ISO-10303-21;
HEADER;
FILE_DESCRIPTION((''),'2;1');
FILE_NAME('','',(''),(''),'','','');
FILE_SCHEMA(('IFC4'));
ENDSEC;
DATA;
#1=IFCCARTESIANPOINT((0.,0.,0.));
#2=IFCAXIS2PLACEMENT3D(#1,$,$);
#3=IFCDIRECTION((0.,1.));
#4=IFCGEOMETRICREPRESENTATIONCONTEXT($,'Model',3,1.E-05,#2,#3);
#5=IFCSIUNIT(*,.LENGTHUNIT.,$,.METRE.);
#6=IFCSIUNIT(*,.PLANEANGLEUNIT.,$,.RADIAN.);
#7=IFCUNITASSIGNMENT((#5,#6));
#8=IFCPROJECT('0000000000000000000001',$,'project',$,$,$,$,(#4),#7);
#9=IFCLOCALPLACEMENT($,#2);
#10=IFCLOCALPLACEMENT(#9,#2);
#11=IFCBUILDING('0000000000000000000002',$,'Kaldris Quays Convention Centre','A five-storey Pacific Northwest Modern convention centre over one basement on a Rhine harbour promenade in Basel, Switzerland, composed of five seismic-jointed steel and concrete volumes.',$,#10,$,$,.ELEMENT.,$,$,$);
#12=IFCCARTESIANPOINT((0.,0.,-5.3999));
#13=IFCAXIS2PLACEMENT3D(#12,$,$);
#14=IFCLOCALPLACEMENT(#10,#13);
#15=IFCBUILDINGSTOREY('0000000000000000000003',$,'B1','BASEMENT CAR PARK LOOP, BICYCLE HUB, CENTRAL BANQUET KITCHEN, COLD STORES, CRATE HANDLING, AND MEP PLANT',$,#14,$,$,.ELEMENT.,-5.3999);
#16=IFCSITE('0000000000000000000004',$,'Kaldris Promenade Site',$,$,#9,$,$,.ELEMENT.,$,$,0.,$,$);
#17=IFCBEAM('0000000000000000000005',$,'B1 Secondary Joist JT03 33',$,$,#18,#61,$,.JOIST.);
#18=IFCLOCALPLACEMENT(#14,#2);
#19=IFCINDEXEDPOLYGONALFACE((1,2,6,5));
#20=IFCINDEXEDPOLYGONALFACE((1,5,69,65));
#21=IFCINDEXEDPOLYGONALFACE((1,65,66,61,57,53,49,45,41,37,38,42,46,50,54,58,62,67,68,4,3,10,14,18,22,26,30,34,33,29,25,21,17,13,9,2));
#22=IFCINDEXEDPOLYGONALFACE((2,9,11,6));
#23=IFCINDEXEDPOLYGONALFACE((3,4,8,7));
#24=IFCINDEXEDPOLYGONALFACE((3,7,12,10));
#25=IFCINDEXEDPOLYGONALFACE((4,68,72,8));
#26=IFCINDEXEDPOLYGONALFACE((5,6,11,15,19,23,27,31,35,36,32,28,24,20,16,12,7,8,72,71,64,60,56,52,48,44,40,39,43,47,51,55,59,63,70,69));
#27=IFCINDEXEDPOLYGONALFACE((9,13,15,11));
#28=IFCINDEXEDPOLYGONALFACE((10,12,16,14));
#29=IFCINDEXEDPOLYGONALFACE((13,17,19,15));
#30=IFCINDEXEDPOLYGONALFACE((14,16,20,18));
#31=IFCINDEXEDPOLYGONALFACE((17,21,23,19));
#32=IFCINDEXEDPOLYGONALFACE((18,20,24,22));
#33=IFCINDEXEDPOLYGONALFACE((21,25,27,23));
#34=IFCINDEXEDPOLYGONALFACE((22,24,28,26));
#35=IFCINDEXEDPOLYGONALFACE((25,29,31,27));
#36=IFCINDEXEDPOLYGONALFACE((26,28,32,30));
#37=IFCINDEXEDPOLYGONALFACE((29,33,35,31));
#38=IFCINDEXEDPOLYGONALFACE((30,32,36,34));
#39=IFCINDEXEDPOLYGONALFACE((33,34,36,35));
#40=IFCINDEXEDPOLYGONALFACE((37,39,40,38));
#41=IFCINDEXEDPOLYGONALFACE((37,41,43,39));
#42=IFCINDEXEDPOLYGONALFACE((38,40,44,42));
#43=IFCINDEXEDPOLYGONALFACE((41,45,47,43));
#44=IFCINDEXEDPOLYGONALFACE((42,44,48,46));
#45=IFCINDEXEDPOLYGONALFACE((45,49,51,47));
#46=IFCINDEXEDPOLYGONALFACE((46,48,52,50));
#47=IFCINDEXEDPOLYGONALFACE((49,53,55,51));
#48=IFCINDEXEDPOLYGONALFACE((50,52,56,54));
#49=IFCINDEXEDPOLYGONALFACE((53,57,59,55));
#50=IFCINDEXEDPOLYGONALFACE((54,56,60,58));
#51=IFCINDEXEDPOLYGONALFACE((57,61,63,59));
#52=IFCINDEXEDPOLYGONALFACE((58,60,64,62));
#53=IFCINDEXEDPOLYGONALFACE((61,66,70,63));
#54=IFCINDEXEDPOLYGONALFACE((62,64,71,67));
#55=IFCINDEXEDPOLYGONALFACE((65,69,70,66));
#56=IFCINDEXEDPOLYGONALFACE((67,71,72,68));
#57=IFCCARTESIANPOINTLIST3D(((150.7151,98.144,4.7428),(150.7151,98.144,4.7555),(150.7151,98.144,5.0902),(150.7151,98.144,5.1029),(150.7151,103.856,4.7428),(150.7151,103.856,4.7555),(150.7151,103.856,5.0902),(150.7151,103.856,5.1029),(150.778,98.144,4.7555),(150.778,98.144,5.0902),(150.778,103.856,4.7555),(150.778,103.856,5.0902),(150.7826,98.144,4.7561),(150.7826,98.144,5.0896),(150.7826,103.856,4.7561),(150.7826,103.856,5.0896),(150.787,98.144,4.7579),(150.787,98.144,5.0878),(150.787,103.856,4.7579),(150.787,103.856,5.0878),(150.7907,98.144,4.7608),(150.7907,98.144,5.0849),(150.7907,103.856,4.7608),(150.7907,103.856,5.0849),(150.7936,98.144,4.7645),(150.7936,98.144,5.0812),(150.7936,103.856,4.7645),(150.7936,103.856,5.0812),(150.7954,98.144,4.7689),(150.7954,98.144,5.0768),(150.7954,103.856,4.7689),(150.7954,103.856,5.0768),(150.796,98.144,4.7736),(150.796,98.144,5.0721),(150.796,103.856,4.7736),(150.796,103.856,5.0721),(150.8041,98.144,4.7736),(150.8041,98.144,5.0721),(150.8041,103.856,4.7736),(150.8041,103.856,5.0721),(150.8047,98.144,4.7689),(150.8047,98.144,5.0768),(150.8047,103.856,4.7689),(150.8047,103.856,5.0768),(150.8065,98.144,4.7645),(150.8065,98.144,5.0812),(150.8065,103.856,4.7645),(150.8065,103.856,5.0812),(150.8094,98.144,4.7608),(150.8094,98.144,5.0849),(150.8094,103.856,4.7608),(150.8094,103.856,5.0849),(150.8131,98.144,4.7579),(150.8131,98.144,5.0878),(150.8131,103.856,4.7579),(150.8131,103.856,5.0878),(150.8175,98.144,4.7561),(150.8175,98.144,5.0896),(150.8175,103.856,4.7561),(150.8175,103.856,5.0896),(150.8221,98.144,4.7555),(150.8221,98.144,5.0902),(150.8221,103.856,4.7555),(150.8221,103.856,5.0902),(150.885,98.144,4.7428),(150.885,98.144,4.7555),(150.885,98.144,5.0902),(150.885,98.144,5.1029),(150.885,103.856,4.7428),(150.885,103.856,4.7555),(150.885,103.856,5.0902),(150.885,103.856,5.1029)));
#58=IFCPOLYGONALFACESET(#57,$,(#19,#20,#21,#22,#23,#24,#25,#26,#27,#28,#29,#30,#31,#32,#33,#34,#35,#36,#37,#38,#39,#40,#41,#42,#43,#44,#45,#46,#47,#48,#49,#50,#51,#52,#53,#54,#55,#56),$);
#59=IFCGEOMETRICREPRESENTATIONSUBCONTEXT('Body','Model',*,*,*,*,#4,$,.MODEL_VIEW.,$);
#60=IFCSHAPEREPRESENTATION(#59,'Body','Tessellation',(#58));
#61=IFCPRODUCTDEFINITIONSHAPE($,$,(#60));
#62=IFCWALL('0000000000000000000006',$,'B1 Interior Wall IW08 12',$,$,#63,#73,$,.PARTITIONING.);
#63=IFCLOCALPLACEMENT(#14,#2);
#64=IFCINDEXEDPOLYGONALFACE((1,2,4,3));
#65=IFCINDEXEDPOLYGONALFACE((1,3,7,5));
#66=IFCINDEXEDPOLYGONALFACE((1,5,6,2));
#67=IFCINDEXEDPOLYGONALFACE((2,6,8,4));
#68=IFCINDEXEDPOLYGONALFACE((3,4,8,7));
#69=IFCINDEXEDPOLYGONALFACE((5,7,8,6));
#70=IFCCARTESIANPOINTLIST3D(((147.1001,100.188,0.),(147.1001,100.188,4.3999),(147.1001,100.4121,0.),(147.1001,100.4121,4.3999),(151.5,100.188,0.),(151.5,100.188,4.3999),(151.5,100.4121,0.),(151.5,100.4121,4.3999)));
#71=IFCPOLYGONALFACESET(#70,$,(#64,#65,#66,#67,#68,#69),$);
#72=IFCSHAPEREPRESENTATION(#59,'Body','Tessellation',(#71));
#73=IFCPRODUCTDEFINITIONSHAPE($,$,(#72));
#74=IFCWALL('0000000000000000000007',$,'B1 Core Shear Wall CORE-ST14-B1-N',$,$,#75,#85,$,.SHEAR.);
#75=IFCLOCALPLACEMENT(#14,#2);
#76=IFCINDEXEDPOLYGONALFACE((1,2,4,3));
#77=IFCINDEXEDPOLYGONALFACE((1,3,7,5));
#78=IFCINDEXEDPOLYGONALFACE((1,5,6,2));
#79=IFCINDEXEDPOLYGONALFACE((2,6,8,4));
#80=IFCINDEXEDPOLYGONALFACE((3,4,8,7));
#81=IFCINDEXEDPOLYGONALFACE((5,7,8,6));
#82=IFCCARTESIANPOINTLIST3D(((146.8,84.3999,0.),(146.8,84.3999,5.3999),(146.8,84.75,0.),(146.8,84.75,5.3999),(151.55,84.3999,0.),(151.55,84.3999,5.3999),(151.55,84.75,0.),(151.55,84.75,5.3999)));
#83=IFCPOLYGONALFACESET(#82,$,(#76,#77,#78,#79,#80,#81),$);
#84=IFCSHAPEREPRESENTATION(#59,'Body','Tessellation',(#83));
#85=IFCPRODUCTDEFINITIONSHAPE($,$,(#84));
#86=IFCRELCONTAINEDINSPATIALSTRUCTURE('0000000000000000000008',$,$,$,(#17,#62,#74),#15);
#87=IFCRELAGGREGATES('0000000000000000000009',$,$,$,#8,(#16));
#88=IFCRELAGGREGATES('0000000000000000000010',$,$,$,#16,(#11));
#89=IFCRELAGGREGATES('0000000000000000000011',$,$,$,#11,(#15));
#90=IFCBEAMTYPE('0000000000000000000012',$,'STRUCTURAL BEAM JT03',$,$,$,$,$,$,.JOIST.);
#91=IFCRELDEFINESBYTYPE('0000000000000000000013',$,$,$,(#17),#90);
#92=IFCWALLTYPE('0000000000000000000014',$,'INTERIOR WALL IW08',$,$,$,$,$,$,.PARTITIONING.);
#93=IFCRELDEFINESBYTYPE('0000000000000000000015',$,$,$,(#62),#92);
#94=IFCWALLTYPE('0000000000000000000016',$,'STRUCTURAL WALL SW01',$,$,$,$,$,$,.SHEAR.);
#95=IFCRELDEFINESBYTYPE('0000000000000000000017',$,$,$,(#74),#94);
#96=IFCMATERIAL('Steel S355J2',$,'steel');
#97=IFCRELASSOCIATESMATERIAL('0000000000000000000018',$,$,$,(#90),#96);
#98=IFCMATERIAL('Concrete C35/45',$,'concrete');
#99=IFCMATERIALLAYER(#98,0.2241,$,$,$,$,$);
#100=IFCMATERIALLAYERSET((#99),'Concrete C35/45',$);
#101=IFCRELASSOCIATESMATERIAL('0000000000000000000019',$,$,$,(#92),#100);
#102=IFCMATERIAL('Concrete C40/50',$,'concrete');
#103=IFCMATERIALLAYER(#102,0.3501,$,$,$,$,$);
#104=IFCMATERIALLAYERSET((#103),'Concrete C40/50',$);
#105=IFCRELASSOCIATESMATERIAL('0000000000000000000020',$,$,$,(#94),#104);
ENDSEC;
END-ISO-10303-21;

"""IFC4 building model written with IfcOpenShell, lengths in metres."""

from ifc_helpers import new_model, si_unit, direction, frame, frame_2d, origin, origin_2d, place, context, subcontext, project, spatial, rectangle, i_section, extrude, material, layer, layer_set, material_profile, profile_set, type_object, element, save


model = new_model("IFC4")

# Units and contexts
model_context = context("Model", 3, precision=1e-05, world=origin(), true_north=direction((0.0, 1.0)))
body_context = subcontext(model_context, "Body", "Model", "MODEL_VIEW")
ifc_project = project(units=[si_unit("LENGTHUNIT", "METRE"), si_unit("PLANEANGLEUNIT", "RADIAN")], contexts=[model_context])

# Site, building, storey
site_placement = place(None, origin())
site = spatial("IfcSite", under=ifc_project, at=site_placement, Name="Kaldris Promenade Site", CompositionType="ELEMENT", RefElevation=0.0)
building_placement = place(site_placement, origin())
building = spatial("IfcBuilding", under=site, at=building_placement, Name="Kaldris Quays Convention Centre", Description="A five-storey Pacific Northwest Modern convention centre over one basement on a Rhine harbour promenade in Basel, Switzerland, composed of five seismic-jointed steel and concrete volumes.", CompositionType="ELEMENT")
storey_placement = place(building_placement, frame((0.0, 0.0, -5.3999)))
storey = spatial("IfcBuildingStorey", under=building, at=storey_placement, Name="B1", Description="BASEMENT CAR PARK LOOP, BICYCLE HUB, CENTRAL BANQUET KITCHEN, COLD STORES, CRATE HANDLING, AND MEP PLANT", CompositionType="ELEMENT", Elevation=-5.3999)

# Shared definitions
ifc_material_1 = material(Name="Concrete C35/45", Category="concrete")

# Shared definitions
ifc_material_2 = material(Name="Steel S355J2", Category="steel")

# Beam
ifc_material_profile_1 = material_profile(ifc_material_2, i_section(OverallWidth=0.1699, OverallDepth=0.3601, WebThickness=0.0081, FlangeThickness=0.0127, FilletRadius=0.0181, at=origin_2d()), Name="IPE 360")
ifc_profile_set_1 = profile_set([ifc_material_profile_1], Name="Steel S355J2")
beam_type_1 = type_object("IfcBeamType", Name="STRUCTURAL BEAM JT03", PredefinedType="JOIST", material=ifc_profile_set_1)
for number, where, z_axis, x_axis, name in (
    (1, (150.8, 98.144, 4.9229), (0.0, 1.0, 0.0), (-1.0, 0.0, 0.0), "B1 Secondary Joist JT03 33"),
):
    element("IfcBeam", number, at=place(storey_placement, frame(where, z_axis=z_axis, x_axis=x_axis)), inside=storey, type_object=beam_type_1, Name=name, PredefinedType="JOIST", context=body_context, shape_type="SweptSolid", body=[
        extrude(i_section(OverallWidth=0.1699, OverallDepth=0.3601, WebThickness=0.0081, FlangeThickness=0.0127, FilletRadius=0.0181, at=origin_2d()), origin(), (0.0, 0.0, 1.0), 5.7119),
    ])

# Walls
ifc_layer_1 = layer(ifc_material_1, 0.2241)
ifc_layer_set_1 = layer_set([ifc_layer_1], Name="Concrete C35/45")
wall_type_1 = type_object("IfcWallType", Name="INTERIOR WALL IW08", PredefinedType="PARTITIONING", material=ifc_layer_set_1)
wall_1_placement = place(storey_placement, frame((147.1001, 100.3, 0.0), z_axis=(0.0, 0.0, 1.0), x_axis=(1.0, 0.0, 0.0)))
element("IfcWall", 2, at=wall_1_placement, inside=storey, type_object=wall_type_1, Name="B1 Interior Wall IW08 12", PredefinedType="PARTITIONING", context=body_context, shape_type="SweptSolid", body=[
    extrude(rectangle(XDim=4.3999, YDim=0.2241, at=frame_2d((2.2, 0.0))), origin(), (0.0, 0.0, 1.0), 4.3999),
])
ifc_material_3 = material(Name="Concrete C40/50", Category="concrete")
ifc_layer_2 = layer(ifc_material_3, 0.3501)
ifc_layer_set_2 = layer_set([ifc_layer_2], Name="Concrete C40/50")
wall_type_2 = type_object("IfcWallType", Name="STRUCTURAL WALL SW01", PredefinedType="SHEAR", material=ifc_layer_set_2)
wall_2_placement = place(storey_placement, frame((146.8, 84.575, 0.0), z_axis=(0.0, 0.0, 1.0), x_axis=(1.0, 0.0, 0.0)))
element("IfcWall", 3, at=wall_2_placement, inside=storey, type_object=wall_type_2, Name="B1 Core Shear Wall CORE-ST14-B1-N", PredefinedType="SHEAR", context=body_context, shape_type="SweptSolid", body=[
    extrude(rectangle(XDim=4.75, YDim=0.3501, at=frame_2d((2.375, 0.0))), origin(), (0.0, 0.0, 1.0), 5.3999),
])

save(model, "model.ifc")
